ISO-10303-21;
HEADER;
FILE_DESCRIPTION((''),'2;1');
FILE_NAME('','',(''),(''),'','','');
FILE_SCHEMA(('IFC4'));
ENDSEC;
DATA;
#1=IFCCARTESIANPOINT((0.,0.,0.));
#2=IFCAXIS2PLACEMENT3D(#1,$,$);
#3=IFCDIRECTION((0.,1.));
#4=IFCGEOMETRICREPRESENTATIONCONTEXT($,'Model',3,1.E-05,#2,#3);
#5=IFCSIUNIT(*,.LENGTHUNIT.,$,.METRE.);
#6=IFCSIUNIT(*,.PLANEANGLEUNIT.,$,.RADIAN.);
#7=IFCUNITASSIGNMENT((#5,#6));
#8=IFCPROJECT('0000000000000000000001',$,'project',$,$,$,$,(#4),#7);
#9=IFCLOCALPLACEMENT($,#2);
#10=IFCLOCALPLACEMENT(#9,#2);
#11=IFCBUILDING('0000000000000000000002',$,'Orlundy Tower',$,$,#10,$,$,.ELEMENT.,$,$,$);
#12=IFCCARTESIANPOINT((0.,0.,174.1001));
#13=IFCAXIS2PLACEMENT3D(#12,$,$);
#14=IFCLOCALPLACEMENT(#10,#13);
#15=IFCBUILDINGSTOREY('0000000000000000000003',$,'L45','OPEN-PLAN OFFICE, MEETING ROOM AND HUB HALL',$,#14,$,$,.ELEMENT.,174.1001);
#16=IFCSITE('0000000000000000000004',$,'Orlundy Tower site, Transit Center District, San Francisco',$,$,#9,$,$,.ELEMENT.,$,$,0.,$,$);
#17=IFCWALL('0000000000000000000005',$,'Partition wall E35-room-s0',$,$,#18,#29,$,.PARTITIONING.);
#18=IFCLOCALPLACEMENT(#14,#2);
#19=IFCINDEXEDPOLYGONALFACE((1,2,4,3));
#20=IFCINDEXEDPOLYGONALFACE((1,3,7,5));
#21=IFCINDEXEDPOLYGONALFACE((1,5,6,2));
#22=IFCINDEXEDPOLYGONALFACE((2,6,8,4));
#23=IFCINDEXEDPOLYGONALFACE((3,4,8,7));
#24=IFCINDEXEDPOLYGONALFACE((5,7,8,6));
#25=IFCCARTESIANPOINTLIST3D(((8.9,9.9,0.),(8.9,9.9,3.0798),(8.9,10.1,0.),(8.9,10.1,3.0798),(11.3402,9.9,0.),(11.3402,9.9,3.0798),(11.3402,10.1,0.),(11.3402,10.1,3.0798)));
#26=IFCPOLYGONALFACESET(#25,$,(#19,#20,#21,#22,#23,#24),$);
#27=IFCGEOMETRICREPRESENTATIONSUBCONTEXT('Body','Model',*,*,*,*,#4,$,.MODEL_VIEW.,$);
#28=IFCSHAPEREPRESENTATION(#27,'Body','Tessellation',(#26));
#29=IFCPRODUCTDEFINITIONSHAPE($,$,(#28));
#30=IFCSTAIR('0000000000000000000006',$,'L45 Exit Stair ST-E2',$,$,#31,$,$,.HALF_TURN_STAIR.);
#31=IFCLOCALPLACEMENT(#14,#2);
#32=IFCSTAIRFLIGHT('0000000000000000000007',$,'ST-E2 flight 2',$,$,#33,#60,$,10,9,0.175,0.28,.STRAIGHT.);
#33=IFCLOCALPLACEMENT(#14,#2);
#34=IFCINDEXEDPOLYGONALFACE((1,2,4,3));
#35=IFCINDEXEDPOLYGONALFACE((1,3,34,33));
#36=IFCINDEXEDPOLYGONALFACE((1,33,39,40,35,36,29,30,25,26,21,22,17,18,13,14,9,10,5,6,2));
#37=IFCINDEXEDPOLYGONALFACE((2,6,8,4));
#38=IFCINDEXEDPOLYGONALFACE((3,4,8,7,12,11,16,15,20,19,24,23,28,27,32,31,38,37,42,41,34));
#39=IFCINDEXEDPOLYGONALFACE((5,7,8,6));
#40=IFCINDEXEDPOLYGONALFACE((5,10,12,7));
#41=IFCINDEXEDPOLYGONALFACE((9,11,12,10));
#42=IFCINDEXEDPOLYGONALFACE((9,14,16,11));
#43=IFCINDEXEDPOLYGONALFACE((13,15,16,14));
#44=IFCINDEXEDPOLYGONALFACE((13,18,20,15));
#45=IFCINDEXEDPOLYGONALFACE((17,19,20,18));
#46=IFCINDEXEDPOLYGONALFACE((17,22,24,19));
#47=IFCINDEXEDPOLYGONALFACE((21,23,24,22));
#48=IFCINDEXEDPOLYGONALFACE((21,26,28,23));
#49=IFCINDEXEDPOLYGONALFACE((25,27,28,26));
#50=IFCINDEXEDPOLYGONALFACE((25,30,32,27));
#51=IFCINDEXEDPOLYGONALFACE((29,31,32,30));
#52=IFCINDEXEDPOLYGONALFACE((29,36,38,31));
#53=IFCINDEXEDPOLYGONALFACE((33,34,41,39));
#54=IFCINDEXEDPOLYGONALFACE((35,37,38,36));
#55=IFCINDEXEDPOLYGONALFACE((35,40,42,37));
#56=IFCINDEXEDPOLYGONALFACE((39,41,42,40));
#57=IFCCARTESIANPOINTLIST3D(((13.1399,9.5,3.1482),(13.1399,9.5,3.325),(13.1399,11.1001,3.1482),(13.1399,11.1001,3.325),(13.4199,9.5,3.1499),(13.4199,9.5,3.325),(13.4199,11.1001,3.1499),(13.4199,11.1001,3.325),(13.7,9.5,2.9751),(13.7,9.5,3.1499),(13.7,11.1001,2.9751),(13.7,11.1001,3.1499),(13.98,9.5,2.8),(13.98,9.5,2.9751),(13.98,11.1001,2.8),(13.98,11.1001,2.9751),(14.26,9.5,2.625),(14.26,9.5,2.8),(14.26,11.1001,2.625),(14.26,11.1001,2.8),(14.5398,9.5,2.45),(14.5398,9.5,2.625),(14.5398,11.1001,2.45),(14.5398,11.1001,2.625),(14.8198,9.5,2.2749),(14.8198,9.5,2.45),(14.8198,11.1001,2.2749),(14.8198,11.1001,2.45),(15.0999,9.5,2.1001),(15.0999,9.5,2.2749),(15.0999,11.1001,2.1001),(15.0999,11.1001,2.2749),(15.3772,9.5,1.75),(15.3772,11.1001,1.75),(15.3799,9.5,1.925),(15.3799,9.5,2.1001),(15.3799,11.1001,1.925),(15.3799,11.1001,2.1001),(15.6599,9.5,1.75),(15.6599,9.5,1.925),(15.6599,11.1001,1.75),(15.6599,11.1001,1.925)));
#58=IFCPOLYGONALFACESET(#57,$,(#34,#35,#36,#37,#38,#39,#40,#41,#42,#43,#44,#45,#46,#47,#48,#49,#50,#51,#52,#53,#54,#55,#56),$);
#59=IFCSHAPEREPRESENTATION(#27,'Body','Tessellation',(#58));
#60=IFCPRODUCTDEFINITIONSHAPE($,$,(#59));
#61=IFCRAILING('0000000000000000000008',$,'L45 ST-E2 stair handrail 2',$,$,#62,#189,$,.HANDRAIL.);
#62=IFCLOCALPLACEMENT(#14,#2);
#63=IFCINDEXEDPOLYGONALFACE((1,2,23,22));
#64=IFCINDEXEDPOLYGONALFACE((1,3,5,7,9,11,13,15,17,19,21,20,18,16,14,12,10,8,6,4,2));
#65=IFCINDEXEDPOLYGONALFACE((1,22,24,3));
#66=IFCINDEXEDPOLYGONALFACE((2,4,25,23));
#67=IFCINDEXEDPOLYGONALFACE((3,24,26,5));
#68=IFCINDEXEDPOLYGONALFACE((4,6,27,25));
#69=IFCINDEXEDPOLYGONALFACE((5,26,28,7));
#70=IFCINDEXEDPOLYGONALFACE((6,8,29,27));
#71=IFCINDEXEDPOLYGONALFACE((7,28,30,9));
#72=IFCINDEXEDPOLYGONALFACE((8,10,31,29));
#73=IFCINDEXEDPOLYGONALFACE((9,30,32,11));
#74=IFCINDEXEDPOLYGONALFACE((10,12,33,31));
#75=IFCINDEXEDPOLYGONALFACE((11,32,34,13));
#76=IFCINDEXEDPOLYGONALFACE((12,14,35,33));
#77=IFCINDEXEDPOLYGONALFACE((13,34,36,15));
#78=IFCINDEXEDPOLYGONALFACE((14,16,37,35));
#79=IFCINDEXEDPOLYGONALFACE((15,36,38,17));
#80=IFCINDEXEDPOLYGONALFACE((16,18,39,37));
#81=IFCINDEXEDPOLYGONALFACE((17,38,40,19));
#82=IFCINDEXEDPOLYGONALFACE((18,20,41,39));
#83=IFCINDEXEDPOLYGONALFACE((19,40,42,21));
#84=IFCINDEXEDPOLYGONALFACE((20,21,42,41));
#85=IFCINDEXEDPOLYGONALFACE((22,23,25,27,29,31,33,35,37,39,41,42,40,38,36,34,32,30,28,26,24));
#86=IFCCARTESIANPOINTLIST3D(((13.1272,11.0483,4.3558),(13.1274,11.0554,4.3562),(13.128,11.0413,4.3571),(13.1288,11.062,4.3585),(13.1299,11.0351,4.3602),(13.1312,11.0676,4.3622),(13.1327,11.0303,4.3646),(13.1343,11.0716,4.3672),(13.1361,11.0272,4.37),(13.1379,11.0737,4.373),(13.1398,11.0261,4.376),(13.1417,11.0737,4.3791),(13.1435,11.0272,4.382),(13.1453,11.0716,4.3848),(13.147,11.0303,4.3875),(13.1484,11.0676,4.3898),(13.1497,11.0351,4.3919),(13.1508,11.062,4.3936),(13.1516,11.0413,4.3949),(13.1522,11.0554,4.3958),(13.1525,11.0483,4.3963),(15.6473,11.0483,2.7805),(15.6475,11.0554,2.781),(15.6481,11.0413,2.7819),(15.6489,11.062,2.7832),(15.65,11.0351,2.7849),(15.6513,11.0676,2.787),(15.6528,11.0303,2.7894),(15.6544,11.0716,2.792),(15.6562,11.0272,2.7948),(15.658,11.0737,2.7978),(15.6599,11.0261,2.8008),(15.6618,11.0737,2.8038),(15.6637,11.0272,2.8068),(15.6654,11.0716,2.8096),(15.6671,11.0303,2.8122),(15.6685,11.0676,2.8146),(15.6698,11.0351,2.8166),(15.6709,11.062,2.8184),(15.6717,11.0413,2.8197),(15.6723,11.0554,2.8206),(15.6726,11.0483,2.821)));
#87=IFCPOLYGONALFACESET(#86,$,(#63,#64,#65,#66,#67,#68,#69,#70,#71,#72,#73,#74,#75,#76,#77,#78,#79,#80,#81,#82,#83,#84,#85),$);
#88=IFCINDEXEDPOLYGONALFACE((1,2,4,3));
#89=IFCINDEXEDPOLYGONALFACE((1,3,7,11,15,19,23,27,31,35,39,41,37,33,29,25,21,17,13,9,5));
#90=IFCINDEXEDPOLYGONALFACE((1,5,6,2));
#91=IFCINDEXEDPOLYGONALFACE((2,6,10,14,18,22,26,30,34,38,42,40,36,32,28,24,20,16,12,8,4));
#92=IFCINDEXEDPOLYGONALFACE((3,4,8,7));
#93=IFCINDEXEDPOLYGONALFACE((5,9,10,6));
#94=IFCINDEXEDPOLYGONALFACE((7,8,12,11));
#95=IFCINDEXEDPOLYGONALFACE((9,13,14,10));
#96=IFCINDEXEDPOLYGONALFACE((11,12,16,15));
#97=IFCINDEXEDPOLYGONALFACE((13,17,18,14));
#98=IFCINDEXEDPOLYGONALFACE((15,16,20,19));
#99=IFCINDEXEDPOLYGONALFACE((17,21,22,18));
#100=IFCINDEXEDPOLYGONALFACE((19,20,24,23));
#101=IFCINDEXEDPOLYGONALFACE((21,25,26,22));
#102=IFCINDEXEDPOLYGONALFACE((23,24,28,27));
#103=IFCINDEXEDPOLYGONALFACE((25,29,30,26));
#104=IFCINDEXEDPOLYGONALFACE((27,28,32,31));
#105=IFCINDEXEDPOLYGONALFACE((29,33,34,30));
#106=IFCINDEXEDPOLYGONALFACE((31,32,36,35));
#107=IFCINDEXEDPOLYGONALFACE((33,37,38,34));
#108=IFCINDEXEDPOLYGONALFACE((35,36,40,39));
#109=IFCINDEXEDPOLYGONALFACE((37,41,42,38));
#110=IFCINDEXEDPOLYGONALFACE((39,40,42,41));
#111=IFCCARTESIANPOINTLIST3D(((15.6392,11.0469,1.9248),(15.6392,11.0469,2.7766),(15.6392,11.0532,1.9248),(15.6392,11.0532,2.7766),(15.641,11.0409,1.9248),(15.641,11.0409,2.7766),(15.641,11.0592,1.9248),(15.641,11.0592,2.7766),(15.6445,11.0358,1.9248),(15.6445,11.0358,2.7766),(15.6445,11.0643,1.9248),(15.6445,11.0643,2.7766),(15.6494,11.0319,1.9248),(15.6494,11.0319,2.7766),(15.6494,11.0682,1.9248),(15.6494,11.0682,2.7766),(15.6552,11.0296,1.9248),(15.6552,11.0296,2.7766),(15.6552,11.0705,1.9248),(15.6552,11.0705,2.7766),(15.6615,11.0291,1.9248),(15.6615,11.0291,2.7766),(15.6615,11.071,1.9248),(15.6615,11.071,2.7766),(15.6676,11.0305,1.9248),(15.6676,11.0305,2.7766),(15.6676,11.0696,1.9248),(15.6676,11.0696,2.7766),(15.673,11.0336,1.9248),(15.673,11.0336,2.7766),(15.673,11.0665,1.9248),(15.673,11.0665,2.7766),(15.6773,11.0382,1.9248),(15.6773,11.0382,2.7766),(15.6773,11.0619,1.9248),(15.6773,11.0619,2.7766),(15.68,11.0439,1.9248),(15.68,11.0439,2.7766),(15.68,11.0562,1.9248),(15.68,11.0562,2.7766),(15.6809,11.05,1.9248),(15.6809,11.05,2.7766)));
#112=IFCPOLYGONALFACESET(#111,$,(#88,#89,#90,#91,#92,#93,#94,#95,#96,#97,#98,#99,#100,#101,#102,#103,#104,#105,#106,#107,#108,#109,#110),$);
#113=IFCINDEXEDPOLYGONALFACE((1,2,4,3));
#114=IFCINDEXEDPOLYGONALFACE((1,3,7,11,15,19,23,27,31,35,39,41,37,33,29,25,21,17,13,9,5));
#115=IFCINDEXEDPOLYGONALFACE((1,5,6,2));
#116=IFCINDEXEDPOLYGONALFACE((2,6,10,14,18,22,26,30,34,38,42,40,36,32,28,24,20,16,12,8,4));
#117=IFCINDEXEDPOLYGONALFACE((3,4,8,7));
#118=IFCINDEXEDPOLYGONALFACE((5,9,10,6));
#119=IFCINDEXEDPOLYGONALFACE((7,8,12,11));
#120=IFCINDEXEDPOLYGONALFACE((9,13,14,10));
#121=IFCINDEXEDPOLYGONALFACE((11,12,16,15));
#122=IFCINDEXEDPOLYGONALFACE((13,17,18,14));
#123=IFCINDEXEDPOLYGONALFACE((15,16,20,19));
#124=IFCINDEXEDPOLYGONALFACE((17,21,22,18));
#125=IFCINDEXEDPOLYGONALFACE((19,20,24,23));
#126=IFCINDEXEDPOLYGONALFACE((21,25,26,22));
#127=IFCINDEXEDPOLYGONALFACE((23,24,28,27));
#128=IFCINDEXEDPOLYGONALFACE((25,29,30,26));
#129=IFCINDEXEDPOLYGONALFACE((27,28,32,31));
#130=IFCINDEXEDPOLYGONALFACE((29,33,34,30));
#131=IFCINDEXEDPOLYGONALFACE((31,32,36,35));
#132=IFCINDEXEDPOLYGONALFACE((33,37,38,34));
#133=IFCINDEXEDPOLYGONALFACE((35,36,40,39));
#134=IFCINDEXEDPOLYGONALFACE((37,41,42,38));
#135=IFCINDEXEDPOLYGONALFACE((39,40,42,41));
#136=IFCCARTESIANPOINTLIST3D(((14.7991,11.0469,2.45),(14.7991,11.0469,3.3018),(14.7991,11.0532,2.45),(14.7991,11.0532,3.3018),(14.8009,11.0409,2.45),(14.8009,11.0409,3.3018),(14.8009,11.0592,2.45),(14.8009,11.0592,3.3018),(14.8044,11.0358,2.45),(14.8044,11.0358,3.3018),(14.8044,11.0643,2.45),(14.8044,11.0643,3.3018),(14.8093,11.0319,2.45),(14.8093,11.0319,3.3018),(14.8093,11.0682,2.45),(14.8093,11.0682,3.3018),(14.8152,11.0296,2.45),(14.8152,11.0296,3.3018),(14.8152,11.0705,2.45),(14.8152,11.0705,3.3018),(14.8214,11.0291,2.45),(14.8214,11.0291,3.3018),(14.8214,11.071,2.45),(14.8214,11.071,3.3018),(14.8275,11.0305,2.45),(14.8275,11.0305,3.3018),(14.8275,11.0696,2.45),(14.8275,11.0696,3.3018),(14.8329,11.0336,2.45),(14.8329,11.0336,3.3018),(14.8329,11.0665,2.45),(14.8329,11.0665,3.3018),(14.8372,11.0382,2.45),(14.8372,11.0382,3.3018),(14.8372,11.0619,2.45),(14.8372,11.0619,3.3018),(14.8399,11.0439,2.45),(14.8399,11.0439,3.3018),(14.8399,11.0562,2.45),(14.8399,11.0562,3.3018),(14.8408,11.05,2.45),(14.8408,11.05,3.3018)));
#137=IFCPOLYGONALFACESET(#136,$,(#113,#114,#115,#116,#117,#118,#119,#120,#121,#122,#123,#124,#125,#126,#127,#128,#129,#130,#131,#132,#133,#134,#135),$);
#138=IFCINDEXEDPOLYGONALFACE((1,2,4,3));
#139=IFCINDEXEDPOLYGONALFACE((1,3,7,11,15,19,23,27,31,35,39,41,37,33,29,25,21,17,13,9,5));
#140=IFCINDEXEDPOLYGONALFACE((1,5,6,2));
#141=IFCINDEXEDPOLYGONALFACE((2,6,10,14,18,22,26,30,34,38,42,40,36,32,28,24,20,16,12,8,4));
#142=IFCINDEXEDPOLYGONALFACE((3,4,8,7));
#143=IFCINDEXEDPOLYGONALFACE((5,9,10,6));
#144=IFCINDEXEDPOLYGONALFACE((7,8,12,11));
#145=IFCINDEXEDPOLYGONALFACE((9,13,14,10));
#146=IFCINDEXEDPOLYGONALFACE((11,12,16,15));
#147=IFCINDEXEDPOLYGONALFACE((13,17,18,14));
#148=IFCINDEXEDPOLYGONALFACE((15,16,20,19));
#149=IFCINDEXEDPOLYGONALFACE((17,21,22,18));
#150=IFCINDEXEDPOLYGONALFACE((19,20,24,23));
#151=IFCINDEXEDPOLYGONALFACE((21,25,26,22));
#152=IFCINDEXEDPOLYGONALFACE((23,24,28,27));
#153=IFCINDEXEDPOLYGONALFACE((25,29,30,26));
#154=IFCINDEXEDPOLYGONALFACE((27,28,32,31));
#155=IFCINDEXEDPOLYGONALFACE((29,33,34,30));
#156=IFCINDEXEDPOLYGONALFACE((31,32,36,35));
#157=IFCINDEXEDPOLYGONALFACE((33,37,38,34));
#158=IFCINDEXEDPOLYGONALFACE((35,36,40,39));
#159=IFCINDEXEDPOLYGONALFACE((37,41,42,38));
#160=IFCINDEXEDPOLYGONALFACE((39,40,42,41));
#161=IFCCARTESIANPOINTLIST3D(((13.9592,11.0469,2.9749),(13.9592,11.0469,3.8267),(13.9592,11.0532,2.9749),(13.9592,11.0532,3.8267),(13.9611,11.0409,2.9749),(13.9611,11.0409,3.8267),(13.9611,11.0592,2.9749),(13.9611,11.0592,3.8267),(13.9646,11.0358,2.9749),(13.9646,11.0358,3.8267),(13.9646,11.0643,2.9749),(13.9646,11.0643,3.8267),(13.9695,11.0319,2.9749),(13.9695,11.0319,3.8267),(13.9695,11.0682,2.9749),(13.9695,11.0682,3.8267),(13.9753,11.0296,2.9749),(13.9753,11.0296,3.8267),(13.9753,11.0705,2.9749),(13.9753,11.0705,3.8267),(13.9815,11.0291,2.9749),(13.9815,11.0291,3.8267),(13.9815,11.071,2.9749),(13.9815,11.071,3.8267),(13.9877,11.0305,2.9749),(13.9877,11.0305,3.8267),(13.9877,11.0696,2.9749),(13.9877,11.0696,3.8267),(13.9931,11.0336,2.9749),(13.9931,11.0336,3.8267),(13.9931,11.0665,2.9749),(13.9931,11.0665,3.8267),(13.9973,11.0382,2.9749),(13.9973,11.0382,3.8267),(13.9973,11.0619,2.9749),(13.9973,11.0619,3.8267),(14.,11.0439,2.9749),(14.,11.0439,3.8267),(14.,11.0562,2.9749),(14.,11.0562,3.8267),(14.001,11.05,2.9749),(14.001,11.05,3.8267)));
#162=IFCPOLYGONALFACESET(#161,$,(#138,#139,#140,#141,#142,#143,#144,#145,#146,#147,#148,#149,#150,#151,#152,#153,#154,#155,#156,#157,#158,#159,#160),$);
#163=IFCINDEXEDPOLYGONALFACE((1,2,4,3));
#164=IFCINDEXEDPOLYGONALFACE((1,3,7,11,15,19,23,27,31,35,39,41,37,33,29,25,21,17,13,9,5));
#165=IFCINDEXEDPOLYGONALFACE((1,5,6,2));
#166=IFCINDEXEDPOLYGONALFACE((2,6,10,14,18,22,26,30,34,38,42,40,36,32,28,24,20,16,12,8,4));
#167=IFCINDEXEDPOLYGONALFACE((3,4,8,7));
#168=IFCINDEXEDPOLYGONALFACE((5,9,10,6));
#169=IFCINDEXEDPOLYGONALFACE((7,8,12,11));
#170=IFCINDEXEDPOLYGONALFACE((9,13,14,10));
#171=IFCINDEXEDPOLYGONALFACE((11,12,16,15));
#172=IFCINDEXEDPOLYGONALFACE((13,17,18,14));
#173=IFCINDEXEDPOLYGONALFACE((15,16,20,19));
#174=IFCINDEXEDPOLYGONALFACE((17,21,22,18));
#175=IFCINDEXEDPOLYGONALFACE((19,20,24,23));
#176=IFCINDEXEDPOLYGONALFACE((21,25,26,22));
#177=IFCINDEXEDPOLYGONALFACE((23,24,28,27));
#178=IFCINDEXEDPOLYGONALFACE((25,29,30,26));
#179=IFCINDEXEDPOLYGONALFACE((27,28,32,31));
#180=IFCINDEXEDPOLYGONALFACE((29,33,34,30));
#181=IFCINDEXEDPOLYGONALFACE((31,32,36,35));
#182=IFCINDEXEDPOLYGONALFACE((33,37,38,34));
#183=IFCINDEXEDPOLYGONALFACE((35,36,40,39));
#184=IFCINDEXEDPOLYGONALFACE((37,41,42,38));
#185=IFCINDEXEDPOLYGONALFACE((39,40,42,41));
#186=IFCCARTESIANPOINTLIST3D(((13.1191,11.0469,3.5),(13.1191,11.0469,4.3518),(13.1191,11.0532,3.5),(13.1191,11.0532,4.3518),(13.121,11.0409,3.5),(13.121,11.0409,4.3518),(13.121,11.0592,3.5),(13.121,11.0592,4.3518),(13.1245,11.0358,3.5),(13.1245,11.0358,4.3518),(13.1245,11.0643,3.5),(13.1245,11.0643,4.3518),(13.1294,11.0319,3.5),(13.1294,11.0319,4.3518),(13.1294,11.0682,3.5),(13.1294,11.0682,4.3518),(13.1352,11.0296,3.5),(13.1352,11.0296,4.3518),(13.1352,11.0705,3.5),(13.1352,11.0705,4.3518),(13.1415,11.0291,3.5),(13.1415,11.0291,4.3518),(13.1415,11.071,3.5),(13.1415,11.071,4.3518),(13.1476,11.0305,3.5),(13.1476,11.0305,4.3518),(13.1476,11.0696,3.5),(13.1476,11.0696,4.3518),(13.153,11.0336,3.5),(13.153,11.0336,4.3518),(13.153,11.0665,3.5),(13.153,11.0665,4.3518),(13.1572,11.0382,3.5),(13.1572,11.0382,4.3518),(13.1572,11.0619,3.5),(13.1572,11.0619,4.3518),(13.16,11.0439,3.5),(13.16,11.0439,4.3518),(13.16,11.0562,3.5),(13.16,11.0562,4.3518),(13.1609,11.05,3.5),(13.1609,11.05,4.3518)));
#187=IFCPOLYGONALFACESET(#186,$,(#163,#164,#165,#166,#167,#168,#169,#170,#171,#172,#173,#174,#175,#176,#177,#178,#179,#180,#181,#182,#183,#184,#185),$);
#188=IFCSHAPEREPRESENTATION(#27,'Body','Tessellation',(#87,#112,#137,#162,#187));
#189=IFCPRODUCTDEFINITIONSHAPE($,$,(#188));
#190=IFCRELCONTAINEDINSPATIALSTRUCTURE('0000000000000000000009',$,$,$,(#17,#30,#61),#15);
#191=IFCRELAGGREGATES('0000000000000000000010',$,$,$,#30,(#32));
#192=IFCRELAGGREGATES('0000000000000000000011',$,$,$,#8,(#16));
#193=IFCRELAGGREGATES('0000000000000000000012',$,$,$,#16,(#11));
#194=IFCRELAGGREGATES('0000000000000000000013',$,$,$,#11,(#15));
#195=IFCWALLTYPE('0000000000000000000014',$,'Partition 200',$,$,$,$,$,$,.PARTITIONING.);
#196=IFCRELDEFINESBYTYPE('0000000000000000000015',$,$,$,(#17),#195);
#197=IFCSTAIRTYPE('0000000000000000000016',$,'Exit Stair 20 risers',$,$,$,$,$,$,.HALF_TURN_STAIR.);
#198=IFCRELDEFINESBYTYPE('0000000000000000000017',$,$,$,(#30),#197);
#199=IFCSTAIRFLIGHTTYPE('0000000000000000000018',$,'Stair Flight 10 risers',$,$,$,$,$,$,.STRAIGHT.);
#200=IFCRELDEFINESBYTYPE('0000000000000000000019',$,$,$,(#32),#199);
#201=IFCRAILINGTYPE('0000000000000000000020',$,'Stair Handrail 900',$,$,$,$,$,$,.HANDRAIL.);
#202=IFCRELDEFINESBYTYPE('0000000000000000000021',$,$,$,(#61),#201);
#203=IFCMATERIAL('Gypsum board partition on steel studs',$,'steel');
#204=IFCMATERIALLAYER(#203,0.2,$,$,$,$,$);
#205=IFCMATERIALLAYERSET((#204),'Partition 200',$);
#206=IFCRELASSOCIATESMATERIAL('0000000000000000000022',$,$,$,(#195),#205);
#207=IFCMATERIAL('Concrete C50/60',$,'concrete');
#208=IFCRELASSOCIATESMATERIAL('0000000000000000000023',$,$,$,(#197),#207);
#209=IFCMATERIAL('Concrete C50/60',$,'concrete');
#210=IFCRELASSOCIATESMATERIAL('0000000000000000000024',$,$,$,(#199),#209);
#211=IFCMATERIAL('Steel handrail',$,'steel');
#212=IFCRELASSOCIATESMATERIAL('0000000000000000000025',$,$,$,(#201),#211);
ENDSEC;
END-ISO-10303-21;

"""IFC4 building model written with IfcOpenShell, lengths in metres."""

from ifc_helpers import new_model, si_unit, direction, frame, frame_2d, origin, origin_2d, place, context, subcontext, project, spatial, polyline, rectangle, circle, outline, extrude, material, layer, layer_set, type_object, element, aggregate, save


model = new_model("IFC4")

# Units and contexts
model_context = context("Model", 3, precision=1e-05, world=origin(), true_north=direction((0.0, 1.0)))
body_context = subcontext(model_context, "Body", "Model", "MODEL_VIEW")
ifc_project = project(units=[si_unit("LENGTHUNIT", "METRE"), si_unit("PLANEANGLEUNIT", "RADIAN")], contexts=[model_context])

# Site, building, storey
site_placement = place(None, origin())
site = spatial("IfcSite", under=ifc_project, at=site_placement, Name="Orlundy Tower site, Transit Center District, San Francisco", CompositionType="ELEMENT", RefElevation=0.0)
building_placement = place(site_placement, origin())
building = spatial("IfcBuilding", under=site, at=building_placement, Name="Orlundy Tower", CompositionType="ELEMENT")
storey_placement = place(building_placement, frame((0.0, 0.0, 174.1001)))
storey = spatial("IfcBuildingStorey", under=building, at=storey_placement, Name="L45", Description="OPEN-PLAN OFFICE, MEETING ROOM AND HUB HALL", CompositionType="ELEMENT", Elevation=174.1001)

# Wall
ifc_material_1 = material(Name="Gypsum board partition on steel studs", Category="steel")
ifc_layer_1 = layer(ifc_material_1, 0.2)
ifc_layer_set_1 = layer_set([ifc_layer_1], Name="Partition 200")
wall_type_1 = type_object("IfcWallType", Name="Partition 200", PredefinedType="PARTITIONING", material=ifc_layer_set_1)
wall_1_placement = place(storey_placement, frame((8.8999, 10.0, 0.0), z_axis=(0.0, 0.0, 1.0), x_axis=(1.0, 0.0, 0.0)))
element("IfcWall", 1, at=wall_1_placement, inside=storey, type_object=wall_type_1, Name="Partition wall E35-room-s0", PredefinedType="PARTITIONING", context=body_context, shape_type="SweptSolid", body=[
    extrude(rectangle(XDim=2.4402, YDim=0.2, at=frame_2d((1.2202, 0.0))), origin(), (0.0, 0.0, 1.0), 3.0798),
])

# Stair, stair flight
ifc_material_2 = material(Name="Concrete C50/60", Category="concrete")
stair_type = type_object("IfcStairType", Name="Exit Stair 20 risers", PredefinedType="HALF_TURN_STAIR", material=ifc_material_2)
stair_placement = place(storey_placement, origin())
stair = element("IfcStair", 2, at=stair_placement, inside=storey, type_object=stair_type, Name="L45 Exit Stair ST-E2", PredefinedType="HALF_TURN_STAIR")
ifc_material_3 = material(Name="Concrete C50/60", Category="concrete")
stair_flight_type = type_object("IfcStairFlightType", Name="Stair Flight 10 risers", PredefinedType="STRAIGHT", material=ifc_material_3)
stair_flight_placement = place(storey_placement, frame((15.6599, 10.3, 1.75), z_axis=(0.0, 0.0, 1.0), x_axis=(-1.0, 0.0, 0.0)))
stair_flight = element("IfcStairFlight", 3, at=stair_flight_placement, type_object=stair_flight_type, Name="ST-E2 flight 2", NumberOfRisers=10, NumberOfTreads=9, PredefinedType="STRAIGHT", RiserHeight=0.175, TreadLength=0.28, context=body_context, shape_type="SweptSolid", body=[
    extrude(outline(polyline([(0.0, 0.0), (0.0, 0.175), (0.28, 0.175), (0.28, 0.3501), (0.5601, 0.3501), (0.5601, 0.5249), (0.8401, 0.5249), (0.8401, 0.7), (1.1201, 0.7), (1.1201, 0.875), (1.3999, 0.875), (1.3999, 1.05), (1.6799, 1.05), (1.6799, 1.2251), (1.96, 1.2251), (1.96, 1.3999), (2.24, 1.3999), (2.24, 1.575), (2.52, 1.575), (2.52, 1.75), (2.52, 1.3982), (0.2827, 0.0), (0.0, 0.0)])), frame((0.0, 0.8, 0.0), z_axis=(0.0, -1.0, 0.0), x_axis=(1.0, 0.0, 0.0)), (0.0, 0.0, 1.0), 1.6001),
])
aggregate(stair, [stair_flight])

# Railing
ifc_material_4 = material(Name="Steel handrail", Category="steel")
railing_type = type_object("IfcRailingType", Name="Stair Handrail 900", PredefinedType="HANDRAIL", material=ifc_material_4)
railing_placement = place(storey_placement, frame((15.6599, 11.05, 1.9248)))
element("IfcRailing", 4, at=railing_placement, inside=storey, type_object=railing_type, Name="L45 ST-E2 stair handrail 2", PredefinedType="HANDRAIL", context=body_context, shape_type="SweptSolid", body=[
    extrude(circle(Radius=0.0239, at=origin_2d()), frame((0.0, 0.0, 0.876), z_axis=(-0.847971, 0.0, 0.530043), x_axis=(0.0, -1.0, 0.0)), (0.0, 0.0, 1.0), 2.9719),
    extrude(circle(Radius=0.021, at=origin_2d()), origin(), (0.0, 0.0, 1.0), 0.8518),
    extrude(circle(Radius=0.021, at=origin_2d()), frame((-0.8401, 0.0, 0.5251)), (0.0, 0.0, 1.0), 0.8518),
    extrude(circle(Radius=0.021, at=origin_2d()), frame((-1.6799, 0.0, 1.05)), (0.0, 0.0, 1.0), 0.8518),
    extrude(circle(Radius=0.021, at=origin_2d()), frame((-2.52, 0.0, 1.5752)), (0.0, 0.0, 1.0), 0.8518),
])

save(model, "model.ifc")
